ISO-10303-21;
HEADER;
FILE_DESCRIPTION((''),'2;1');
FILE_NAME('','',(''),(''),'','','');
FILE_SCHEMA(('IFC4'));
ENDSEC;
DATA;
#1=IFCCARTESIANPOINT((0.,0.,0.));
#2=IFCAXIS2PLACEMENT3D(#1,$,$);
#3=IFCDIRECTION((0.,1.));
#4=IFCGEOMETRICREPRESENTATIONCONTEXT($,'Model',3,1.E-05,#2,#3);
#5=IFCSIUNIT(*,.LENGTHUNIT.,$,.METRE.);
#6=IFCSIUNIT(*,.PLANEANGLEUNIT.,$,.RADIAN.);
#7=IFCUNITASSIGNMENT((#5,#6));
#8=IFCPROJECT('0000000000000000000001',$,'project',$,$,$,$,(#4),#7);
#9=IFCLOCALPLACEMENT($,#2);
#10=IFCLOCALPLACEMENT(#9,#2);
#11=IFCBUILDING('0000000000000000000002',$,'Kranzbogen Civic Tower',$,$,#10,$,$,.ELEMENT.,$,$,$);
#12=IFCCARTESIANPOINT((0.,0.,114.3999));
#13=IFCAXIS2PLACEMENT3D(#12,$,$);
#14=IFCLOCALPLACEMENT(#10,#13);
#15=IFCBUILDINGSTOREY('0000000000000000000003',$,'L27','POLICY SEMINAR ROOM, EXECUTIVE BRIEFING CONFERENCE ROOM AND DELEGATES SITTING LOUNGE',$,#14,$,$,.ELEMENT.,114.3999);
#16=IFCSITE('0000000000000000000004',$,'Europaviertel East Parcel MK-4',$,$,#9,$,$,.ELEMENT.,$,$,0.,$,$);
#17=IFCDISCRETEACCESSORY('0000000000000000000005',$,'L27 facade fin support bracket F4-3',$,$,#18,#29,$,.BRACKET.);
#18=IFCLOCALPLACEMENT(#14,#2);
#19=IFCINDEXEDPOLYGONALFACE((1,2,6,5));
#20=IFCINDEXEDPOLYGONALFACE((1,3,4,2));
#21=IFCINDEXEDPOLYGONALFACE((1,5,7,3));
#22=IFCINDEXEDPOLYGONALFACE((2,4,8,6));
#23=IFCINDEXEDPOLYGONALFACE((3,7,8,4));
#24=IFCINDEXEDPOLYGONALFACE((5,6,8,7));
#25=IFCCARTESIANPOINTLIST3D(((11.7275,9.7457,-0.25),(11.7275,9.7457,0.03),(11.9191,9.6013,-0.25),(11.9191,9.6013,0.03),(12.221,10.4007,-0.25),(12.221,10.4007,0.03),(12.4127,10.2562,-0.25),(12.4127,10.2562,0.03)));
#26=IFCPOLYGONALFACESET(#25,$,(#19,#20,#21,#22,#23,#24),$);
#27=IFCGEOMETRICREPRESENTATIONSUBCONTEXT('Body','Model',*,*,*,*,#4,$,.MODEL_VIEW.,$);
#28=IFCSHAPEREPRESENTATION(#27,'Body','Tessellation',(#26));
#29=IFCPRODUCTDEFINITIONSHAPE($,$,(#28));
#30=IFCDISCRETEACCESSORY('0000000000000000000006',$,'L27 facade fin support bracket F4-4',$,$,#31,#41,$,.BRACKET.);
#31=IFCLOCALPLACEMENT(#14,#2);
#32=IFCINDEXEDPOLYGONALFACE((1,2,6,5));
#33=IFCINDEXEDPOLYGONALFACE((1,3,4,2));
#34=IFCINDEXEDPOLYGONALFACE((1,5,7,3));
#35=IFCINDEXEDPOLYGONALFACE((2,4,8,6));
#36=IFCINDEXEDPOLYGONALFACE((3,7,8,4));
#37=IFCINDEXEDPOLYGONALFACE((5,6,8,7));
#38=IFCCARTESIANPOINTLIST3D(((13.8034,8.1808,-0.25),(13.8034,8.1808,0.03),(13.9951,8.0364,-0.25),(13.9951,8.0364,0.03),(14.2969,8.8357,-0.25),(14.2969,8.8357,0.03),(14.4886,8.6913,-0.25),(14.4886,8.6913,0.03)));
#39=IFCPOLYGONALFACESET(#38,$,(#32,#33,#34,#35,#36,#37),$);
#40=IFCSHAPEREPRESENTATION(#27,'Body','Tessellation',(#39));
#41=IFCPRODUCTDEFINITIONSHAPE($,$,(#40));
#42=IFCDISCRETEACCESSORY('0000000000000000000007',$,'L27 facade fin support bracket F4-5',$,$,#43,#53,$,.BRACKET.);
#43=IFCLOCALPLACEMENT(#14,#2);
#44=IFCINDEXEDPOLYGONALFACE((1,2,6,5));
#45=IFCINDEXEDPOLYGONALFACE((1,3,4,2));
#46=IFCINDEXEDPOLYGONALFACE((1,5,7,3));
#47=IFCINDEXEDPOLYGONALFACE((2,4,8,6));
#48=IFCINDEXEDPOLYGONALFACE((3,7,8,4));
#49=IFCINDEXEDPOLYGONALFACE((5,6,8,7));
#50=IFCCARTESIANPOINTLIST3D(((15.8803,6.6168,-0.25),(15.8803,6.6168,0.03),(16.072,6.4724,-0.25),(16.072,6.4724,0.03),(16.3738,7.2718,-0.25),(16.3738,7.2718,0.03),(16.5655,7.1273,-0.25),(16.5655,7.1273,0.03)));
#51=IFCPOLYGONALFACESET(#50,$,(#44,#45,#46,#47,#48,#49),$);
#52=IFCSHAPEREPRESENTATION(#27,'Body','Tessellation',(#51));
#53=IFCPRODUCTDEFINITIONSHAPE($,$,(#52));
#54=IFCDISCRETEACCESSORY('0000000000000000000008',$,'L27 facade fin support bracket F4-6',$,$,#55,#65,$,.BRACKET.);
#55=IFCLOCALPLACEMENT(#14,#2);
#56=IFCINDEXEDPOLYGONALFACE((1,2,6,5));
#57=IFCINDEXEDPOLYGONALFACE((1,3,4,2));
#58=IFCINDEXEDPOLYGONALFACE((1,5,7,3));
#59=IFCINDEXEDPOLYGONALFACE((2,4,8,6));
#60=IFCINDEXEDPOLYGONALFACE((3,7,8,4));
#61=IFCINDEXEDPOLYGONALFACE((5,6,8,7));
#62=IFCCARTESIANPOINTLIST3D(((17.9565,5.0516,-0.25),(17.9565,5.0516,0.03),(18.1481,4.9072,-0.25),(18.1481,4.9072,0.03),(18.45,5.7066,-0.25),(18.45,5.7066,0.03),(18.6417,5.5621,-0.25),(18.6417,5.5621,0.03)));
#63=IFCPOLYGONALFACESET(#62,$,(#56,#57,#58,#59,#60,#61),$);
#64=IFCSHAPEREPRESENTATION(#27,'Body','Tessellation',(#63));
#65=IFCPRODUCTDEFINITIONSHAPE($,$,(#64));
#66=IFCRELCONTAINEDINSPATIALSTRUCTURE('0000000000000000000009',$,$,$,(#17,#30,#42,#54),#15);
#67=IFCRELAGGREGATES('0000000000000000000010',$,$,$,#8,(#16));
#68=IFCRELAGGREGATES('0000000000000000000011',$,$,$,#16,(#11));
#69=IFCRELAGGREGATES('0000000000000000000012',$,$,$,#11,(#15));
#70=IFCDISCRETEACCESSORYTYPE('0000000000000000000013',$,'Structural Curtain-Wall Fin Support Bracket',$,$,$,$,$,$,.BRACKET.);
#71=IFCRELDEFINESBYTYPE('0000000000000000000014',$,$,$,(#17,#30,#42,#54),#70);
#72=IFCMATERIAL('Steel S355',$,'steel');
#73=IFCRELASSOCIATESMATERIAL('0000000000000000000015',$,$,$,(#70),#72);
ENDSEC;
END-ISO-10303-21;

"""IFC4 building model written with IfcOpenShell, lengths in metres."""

from ifc_helpers import new_model, si_unit, direction, frame, origin, origin_2d, place, context, subcontext, project, spatial, rectangle, extrude, material, type_object, element, save


model = new_model("IFC4")

# Units and contexts
model_context = context("Model", 3, precision=1e-05, world=origin(), true_north=direction((0.0, 1.0)))
body_context = subcontext(model_context, "Body", "Model", "MODEL_VIEW")
ifc_project = project(units=[si_unit("LENGTHUNIT", "METRE"), si_unit("PLANEANGLEUNIT", "RADIAN")], contexts=[model_context])

# Site, building, storey
site_placement = place(None, origin())
site = spatial("IfcSite", under=ifc_project, at=site_placement, Name="Europaviertel East Parcel MK-4", CompositionType="ELEMENT", RefElevation=0.0)
building_placement = place(site_placement, origin())
building = spatial("IfcBuilding", under=site, at=building_placement, Name="Kranzbogen Civic Tower", CompositionType="ELEMENT")
storey_placement = place(building_placement, frame((0.0, 0.0, 114.3999)))
storey = spatial("IfcBuildingStorey", under=building, at=storey_placement, Name="L27", Description="POLICY SEMINAR ROOM, EXECUTIVE BRIEFING CONFERENCE ROOM AND DELEGATES SITTING LOUNGE", CompositionType="ELEMENT", Elevation=114.3999)

# Shared definitions
ifc_material_1 = material(Name="Steel S355", Category="steel")

# Discrete accessories
discrete_accessory_type = type_object("IfcDiscreteAccessoryType", Name="Structural Curtain-Wall Fin Support Bracket", PredefinedType="BRACKET", material=ifc_material_1)
for number, where, z_axis, x_axis, name in (
    (1, (12.0701, 10.001, -0.25), (0.0, 0.0, 1.0), (-0.601815, -0.798636, 0.0), "L27 facade fin support bracket F4-3"),
    (2, (14.146, 8.436, -0.25), (0.0, 0.0, 1.0), (-0.601815, -0.798636, 0.0), "L27 facade fin support bracket F4-4"),
    (3, (16.2229, 6.8721, -0.25), (0.0, 0.0, 1.0), (-0.601815, -0.798636, 0.0), "L27 facade fin support bracket F4-5"),
    (4, (18.2991, 5.3069, -0.25), (0.0, 0.0, 1.0), (-0.601815, -0.798636, 0.0), "L27 facade fin support bracket F4-6"),
):
    element("IfcDiscreteAccessory", number, at=place(storey_placement, frame(where, z_axis=z_axis, x_axis=x_axis)), inside=storey, type_object=discrete_accessory_type, Name=name, PredefinedType="BRACKET", context=body_context, shape_type="SweptSolid", body=[
        extrude(rectangle(XDim=0.8201, YDim=0.24, at=origin_2d()), origin(), (0.0, 0.0, 1.0), 0.28),
    ])

save(model, "model.ifc")
